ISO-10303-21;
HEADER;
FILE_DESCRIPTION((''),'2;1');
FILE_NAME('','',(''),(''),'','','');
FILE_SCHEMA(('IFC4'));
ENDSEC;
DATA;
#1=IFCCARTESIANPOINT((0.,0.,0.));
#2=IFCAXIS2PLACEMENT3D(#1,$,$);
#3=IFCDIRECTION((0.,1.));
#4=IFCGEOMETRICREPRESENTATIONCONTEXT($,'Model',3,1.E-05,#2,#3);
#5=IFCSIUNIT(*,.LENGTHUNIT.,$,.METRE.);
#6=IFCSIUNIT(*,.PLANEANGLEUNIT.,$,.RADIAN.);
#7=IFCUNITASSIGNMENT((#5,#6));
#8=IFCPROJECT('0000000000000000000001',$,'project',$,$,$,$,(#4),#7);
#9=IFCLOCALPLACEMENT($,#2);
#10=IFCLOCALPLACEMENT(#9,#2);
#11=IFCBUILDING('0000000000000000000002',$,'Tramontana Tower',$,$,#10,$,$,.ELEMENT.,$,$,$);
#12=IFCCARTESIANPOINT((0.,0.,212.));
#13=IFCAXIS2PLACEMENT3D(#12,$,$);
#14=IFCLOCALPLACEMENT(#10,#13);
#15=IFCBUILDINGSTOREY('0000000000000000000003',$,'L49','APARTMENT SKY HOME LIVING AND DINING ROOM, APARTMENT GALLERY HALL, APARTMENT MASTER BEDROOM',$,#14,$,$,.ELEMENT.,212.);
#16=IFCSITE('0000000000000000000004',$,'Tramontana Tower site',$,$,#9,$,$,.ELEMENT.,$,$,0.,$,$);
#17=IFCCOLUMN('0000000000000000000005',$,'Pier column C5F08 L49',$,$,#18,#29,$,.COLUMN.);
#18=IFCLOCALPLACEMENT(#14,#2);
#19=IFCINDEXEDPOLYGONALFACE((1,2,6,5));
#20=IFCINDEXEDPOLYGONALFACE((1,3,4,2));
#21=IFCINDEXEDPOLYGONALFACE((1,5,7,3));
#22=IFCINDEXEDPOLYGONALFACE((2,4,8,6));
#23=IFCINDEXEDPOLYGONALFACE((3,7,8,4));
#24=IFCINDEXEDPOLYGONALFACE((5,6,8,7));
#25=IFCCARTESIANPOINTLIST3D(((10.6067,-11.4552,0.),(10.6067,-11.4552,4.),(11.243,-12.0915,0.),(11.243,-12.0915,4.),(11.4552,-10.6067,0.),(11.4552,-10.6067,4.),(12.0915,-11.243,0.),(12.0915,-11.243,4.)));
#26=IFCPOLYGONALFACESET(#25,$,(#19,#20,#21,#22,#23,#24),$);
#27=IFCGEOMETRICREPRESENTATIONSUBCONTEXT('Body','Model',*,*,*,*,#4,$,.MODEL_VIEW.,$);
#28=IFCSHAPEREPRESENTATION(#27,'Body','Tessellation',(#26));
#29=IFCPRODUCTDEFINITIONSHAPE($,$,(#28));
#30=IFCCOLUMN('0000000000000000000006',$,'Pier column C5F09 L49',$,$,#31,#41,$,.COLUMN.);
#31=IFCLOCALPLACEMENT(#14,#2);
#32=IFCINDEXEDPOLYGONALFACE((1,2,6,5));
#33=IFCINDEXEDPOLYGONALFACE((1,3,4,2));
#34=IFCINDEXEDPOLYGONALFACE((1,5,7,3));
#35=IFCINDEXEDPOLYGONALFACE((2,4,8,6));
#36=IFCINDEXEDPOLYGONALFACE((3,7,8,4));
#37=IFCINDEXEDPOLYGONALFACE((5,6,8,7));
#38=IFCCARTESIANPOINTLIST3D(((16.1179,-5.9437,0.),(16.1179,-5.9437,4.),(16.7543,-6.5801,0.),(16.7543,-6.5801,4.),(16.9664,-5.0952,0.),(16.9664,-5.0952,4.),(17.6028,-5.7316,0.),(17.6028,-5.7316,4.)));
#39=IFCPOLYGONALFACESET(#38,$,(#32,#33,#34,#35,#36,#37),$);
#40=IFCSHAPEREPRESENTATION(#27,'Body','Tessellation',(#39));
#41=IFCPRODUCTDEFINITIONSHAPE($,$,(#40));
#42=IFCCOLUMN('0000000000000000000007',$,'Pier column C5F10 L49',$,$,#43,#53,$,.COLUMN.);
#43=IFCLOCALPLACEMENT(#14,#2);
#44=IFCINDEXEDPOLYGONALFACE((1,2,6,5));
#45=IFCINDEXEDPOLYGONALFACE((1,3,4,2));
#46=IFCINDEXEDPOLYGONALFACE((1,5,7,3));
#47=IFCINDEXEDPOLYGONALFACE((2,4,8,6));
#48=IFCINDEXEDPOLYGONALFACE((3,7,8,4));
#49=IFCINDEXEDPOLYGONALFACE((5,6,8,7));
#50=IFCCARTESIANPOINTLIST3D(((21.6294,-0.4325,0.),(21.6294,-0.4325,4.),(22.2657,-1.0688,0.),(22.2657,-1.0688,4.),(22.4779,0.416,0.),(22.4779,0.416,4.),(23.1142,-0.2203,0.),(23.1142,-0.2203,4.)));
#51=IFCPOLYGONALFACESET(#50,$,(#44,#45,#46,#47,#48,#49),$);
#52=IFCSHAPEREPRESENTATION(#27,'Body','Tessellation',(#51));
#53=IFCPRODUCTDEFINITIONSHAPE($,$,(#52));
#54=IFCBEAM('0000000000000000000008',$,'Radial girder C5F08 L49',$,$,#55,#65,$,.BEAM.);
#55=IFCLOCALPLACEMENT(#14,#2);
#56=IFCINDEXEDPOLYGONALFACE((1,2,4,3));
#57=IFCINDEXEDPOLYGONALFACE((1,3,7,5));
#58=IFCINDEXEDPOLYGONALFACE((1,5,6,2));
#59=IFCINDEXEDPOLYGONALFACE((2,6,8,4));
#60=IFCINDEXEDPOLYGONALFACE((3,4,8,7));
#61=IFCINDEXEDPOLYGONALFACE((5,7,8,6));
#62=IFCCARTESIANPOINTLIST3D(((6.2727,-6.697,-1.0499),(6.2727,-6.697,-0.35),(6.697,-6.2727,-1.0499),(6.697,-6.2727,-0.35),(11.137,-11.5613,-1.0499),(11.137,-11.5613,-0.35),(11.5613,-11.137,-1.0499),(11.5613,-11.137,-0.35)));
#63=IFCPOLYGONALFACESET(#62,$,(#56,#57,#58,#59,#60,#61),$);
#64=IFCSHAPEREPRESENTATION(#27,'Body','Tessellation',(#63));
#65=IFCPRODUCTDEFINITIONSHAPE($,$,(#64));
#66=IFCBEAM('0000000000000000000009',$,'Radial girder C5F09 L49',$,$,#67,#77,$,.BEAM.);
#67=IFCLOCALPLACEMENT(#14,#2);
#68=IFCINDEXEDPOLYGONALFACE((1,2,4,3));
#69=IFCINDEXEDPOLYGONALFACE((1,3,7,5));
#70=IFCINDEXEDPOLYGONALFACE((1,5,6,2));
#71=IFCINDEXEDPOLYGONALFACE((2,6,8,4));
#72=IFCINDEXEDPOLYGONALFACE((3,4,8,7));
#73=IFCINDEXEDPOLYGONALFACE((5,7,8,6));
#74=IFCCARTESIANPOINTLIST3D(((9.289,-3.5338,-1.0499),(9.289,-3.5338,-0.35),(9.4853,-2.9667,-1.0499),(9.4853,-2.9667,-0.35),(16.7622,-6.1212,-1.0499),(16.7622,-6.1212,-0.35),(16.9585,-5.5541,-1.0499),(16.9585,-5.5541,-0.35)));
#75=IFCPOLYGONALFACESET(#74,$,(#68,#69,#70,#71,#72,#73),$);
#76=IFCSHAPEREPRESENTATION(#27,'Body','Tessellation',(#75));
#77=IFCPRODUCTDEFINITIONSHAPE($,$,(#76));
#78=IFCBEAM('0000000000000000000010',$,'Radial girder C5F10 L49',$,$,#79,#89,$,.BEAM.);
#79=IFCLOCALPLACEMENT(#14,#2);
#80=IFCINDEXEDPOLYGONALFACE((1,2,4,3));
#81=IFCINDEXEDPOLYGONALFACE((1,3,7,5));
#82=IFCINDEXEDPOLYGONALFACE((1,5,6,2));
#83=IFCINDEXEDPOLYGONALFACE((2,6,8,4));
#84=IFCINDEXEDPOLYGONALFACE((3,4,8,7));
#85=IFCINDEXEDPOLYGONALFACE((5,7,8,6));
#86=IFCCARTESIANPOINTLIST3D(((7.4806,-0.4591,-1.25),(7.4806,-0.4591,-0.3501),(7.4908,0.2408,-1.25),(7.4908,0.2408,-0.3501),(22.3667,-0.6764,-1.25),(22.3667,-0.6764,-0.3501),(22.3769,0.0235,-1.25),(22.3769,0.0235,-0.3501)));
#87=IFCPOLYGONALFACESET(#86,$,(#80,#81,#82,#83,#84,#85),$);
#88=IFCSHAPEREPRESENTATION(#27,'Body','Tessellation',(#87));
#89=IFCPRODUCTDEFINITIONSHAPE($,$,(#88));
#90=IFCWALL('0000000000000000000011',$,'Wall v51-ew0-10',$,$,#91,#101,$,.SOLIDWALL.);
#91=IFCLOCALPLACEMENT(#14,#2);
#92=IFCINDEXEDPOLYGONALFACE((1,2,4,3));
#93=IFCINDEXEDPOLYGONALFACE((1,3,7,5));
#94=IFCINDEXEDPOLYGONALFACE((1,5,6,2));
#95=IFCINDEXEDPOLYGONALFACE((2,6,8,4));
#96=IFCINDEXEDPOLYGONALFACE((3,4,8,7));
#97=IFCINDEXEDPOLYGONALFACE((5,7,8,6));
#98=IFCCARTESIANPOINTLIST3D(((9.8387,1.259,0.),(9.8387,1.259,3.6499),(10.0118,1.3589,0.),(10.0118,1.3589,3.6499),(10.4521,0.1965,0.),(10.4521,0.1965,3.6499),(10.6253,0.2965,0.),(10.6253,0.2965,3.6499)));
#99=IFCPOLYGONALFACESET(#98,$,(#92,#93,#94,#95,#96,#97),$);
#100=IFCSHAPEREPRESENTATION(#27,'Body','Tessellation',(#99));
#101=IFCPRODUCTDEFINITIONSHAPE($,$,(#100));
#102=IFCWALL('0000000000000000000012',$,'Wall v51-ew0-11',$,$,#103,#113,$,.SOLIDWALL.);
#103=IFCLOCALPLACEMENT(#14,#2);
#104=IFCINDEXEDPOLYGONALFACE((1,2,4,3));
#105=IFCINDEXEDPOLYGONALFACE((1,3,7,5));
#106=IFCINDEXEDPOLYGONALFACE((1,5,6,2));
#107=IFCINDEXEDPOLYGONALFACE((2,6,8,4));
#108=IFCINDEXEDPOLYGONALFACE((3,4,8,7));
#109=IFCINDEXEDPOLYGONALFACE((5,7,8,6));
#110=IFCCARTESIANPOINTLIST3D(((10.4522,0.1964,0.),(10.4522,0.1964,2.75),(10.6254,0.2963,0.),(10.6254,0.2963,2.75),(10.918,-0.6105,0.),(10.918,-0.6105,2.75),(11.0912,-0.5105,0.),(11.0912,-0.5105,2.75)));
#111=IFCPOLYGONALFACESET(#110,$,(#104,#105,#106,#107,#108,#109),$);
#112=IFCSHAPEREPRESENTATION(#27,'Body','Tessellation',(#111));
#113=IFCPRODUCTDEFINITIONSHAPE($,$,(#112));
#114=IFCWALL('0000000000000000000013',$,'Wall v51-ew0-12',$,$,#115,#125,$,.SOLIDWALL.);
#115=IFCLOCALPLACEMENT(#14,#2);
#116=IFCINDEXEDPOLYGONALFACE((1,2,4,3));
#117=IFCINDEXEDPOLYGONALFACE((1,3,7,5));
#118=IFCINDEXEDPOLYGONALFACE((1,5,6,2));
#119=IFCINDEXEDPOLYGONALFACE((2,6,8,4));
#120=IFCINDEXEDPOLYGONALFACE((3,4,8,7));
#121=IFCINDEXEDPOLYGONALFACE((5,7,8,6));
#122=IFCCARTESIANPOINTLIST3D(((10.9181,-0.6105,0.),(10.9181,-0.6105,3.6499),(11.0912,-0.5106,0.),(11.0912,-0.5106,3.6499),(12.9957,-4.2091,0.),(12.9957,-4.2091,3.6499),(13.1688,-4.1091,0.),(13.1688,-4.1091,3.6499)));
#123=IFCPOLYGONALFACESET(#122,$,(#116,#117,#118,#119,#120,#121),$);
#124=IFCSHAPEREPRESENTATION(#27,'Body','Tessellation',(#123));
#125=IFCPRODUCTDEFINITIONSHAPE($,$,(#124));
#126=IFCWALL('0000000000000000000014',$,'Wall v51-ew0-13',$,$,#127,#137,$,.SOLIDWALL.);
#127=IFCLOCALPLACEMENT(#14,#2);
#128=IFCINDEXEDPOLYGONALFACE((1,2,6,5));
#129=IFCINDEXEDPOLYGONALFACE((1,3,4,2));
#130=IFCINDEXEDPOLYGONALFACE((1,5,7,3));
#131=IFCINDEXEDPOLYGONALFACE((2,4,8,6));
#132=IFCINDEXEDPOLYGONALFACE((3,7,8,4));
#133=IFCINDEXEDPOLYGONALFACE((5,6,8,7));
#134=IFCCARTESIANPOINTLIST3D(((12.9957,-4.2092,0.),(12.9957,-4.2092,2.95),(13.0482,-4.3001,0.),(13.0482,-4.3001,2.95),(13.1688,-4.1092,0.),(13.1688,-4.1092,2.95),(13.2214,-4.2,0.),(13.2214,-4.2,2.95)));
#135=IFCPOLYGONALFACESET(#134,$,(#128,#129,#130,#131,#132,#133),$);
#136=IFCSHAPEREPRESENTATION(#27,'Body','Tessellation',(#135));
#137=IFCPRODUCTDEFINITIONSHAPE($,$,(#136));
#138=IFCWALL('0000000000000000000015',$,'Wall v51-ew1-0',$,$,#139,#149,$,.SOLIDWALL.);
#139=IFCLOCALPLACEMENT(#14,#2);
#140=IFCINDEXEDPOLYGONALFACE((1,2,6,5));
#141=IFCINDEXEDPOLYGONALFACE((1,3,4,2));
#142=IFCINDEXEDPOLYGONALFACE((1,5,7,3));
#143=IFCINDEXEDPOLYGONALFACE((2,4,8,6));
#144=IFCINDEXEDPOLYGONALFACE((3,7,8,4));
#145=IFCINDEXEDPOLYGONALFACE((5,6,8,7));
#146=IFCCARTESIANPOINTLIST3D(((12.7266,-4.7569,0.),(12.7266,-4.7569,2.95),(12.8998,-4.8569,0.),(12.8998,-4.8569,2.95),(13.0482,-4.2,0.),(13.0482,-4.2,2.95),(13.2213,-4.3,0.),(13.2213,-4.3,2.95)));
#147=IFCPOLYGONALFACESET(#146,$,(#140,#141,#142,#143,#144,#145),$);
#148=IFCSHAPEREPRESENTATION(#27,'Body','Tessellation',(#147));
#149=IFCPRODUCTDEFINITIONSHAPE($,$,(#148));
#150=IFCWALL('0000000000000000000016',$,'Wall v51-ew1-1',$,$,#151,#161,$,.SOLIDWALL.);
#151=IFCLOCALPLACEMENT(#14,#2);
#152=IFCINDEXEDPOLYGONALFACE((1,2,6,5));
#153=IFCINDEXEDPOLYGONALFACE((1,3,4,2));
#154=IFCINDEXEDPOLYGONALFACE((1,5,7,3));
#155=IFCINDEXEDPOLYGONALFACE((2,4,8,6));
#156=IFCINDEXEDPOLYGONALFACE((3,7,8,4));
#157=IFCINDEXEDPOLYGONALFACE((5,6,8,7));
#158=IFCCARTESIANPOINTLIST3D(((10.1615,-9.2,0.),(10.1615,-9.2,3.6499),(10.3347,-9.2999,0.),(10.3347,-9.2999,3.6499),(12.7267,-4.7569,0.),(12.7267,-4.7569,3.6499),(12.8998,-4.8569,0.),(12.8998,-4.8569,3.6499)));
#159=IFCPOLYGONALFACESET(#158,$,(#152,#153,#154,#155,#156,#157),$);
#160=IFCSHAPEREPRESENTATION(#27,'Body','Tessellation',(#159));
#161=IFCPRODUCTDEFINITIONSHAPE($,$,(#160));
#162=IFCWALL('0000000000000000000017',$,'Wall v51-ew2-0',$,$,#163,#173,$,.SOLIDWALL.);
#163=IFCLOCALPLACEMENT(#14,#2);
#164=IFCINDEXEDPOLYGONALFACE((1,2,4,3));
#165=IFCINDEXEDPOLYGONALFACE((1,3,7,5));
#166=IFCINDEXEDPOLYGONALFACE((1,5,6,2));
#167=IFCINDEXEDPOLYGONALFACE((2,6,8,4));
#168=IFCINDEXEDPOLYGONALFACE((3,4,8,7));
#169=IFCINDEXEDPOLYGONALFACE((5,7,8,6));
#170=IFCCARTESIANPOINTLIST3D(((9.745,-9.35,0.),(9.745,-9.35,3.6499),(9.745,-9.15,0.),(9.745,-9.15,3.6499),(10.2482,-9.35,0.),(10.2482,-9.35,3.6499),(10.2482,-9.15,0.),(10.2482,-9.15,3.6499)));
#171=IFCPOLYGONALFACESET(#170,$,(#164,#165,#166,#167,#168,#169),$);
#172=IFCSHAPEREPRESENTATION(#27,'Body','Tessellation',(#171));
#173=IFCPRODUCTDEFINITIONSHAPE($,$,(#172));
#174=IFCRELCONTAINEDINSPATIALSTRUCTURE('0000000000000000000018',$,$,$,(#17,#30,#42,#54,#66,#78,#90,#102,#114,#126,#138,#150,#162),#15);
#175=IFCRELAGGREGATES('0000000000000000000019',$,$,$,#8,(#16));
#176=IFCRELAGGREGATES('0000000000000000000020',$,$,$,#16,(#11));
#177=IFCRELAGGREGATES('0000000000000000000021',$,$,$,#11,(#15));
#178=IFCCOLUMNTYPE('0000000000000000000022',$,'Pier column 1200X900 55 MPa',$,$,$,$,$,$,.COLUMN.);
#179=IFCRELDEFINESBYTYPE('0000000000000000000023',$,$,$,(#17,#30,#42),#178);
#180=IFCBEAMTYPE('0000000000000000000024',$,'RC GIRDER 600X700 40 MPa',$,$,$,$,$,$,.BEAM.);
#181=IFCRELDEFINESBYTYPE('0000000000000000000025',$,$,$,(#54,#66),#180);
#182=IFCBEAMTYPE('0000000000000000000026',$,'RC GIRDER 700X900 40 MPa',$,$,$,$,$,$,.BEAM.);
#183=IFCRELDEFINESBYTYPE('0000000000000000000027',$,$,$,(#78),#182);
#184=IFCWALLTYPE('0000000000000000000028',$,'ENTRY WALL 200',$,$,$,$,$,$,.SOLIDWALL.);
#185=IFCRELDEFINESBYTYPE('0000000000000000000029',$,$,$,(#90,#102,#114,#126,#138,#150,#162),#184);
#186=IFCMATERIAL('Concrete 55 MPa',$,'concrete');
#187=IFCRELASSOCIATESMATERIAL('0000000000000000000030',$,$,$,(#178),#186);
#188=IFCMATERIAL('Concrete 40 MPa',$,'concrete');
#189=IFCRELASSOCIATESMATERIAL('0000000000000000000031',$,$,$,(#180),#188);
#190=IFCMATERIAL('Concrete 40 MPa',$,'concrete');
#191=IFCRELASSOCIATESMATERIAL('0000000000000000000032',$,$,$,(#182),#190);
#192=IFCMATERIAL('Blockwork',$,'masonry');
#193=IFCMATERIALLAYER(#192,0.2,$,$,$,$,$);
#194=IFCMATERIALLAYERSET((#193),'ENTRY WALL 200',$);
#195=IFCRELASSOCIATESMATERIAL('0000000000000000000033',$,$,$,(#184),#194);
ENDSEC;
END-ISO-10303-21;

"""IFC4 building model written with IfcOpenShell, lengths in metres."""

from ifc_helpers import new_model, si_unit, direction, frame, frame_2d, origin, origin_2d, place, context, subcontext, project, spatial, rectangle, extrude, material, layer, layer_set, material_profile, profile_set, type_object, element, save


model = new_model("IFC4")

# Units and contexts
model_context = context("Model", 3, precision=1e-05, world=origin(), true_north=direction((0.0, 1.0)))
body_context = subcontext(model_context, "Body", "Model", "MODEL_VIEW")
ifc_project = project(units=[si_unit("LENGTHUNIT", "METRE"), si_unit("PLANEANGLEUNIT", "RADIAN")], contexts=[model_context])

# Site, building, storey
site_placement = place(None, origin())
site = spatial("IfcSite", under=ifc_project, at=site_placement, Name="Tramontana Tower site", CompositionType="ELEMENT", RefElevation=0.0)
building_placement = place(site_placement, origin())
building = spatial("IfcBuilding", under=site, at=building_placement, Name="Tramontana Tower", CompositionType="ELEMENT")
storey_placement = place(building_placement, frame((0.0, 0.0, 212.0)))
storey = spatial("IfcBuildingStorey", under=building, at=storey_placement, Name="L49", Description="APARTMENT SKY HOME LIVING AND DINING ROOM, APARTMENT GALLERY HALL, APARTMENT MASTER BEDROOM", CompositionType="ELEMENT", Elevation=212.0)

# Columns
ifc_material_1 = material(Name="Concrete 55 MPa", Category="concrete")
ifc_material_profile_1 = material_profile(ifc_material_1, rectangle(XDim=1.2, YDim=0.8999, at=origin_2d()), Name="Pier column 1200X900 55 MPa")
ifc_profile_set_1 = profile_set([ifc_material_profile_1], Name="Concrete 55 MPa")
column_type = type_object("IfcColumnType", Name="Pier column 1200X900 55 MPa", PredefinedType="COLUMN", material=ifc_profile_set_1)
for number, where, z_axis, x_axis, name in (
    (1, (11.3491, -11.3491, 0.0), (0.0, 0.0, 1.0), (0.707107, 0.707107, 0.0), "Pier column C5F08 L49"),
    (2, (16.8604, -5.8376, 0.0), (0.0, 0.0, 1.0), (0.707107, 0.707107, 0.0), "Pier column C5F09 L49"),
    (3, (22.3718, -0.3264, 0.0), (0.0, 0.0, 1.0), (0.707107, 0.707107, 0.0), "Pier column C5F10 L49"),
):
    element("IfcColumn", number, at=place(storey_placement, frame(where, z_axis=z_axis, x_axis=x_axis)), inside=storey, type_object=column_type, Name=name, PredefinedType="COLUMN", context=body_context, shape_type="SweptSolid", body=[
        extrude(rectangle(XDim=1.2, YDim=0.8999, at=origin_2d()), origin(), (0.0, 0.0, 1.0), 4.0),
    ])

# Beams
ifc_material_2 = material(Name="Concrete 40 MPa", Category="concrete")
ifc_material_profile_2 = material_profile(ifc_material_2, rectangle(XDim=0.6001, YDim=0.7, at=origin_2d()), Name="RC GIRDER 600X700 40 MPa")
ifc_profile_set_2 = profile_set([ifc_material_profile_2], Name="Concrete 40 MPa")
beam_type_1 = type_object("IfcBeamType", Name="RC GIRDER 600X700 40 MPa", PredefinedType="BEAM", material=ifc_profile_set_2)
beam_1_placement = place(storey_placement, frame((11.3491, -11.3491, -0.7), z_axis=(-0.707107, 0.707107, 0.0), x_axis=(-0.707107, -0.707107, 0.0)))
element("IfcBeam", 4, at=beam_1_placement, inside=storey, type_object=beam_type_1, Name="Radial girder C5F08 L49", PredefinedType="BEAM", context=body_context, shape_type="SweptSolid", body=[
    extrude(rectangle(XDim=0.6001, YDim=0.7, at=origin_2d()), origin(), (0.0, 0.0, 1.0), 6.8792),
])
beam_2_placement = place(storey_placement, frame((16.8604, -5.8376, -0.7), z_axis=(-0.944965, 0.327172, 0.0), x_axis=(-0.327172, -0.944965, 0.0)))
element("IfcBeam", 5, at=beam_2_placement, inside=storey, type_object=beam_type_1, Name="Radial girder C5F09 L49", PredefinedType="BEAM", context=body_context, shape_type="SweptSolid", body=[
    extrude(rectangle(XDim=0.6001, YDim=0.7, at=origin_2d()), origin(), (0.0, 0.0, 1.0), 7.9084),
])
ifc_material_3 = material(Name="Concrete 40 MPa", Category="concrete")
ifc_material_profile_3 = material_profile(ifc_material_3, rectangle(XDim=0.7, YDim=0.8999, at=origin_2d()), Name="RC GIRDER 700X900 40 MPa")
ifc_profile_set_3 = profile_set([ifc_material_profile_3], Name="Concrete 40 MPa")
beam_type_2 = type_object("IfcBeamType", Name="RC GIRDER 700X900 40 MPa", PredefinedType="BEAM", material=ifc_profile_set_3)
beam_3_placement = place(storey_placement, frame((22.3718, -0.3264, -0.8), z_axis=(-0.999893, 0.014595, 0.0), x_axis=(-0.014595, -0.999893, 0.0)))
element("IfcBeam", 6, at=beam_3_placement, inside=storey, type_object=beam_type_2, Name="Radial girder C5F10 L49", PredefinedType="BEAM", context=body_context, shape_type="SweptSolid", body=[
    extrude(rectangle(XDim=0.7, YDim=0.8999, at=origin_2d()), origin(), (0.0, 0.0, 1.0), 14.8877),
])

# Walls
ifc_material_4 = material(Name="Blockwork", Category="masonry")
ifc_layer_1 = layer(ifc_material_4, 0.2)
ifc_layer_set_1 = layer_set([ifc_layer_1], Name="ENTRY WALL 200")
wall_type_1 = type_object("IfcWallType", Name="ENTRY WALL 200", PredefinedType="SOLIDWALL", material=ifc_layer_set_1)
wall_1_placement = place(storey_placement, frame((9.9253, 1.3088, 0.0), z_axis=(0.0, 0.0, 1.0), x_axis=(0.500055, -0.865993, 0.0)))
element("IfcWall", 7, at=wall_1_placement, inside=storey, type_object=wall_type_1, Name="Wall v51-ew0-10", PredefinedType="SOLIDWALL", context=body_context, shape_type="SweptSolid", body=[
    extrude(rectangle(XDim=1.2268, YDim=0.2, at=frame_2d((0.6133, 0.0))), origin(), (0.0, 0.0, 1.0), 3.6499),
])
wall_2_placement = place(storey_placement, frame((10.5388, 0.2463, 0.0), z_axis=(0.0, 0.0, 1.0), x_axis=(0.499972, -0.866042, 0.0)))
element("IfcWall", 8, at=wall_2_placement, inside=storey, type_object=wall_type_1, Name="Wall v51-ew0-11", PredefinedType="SOLIDWALL", context=body_context, shape_type="SweptSolid", body=[
    extrude(rectangle(XDim=0.9316, YDim=0.2, at=frame_2d((0.4658, 0.0))), origin(), (0.0, 0.0, 1.0), 2.75),
])
wall_3_placement = place(storey_placement, frame((11.0046, -0.5605, 0.0), z_axis=(0.0, 0.0, 1.0), x_axis=(0.499994, -0.866029, 0.0)))
element("IfcWall", 9, at=wall_3_placement, inside=storey, type_object=wall_type_1, Name="Wall v51-ew0-12", PredefinedType="SOLIDWALL", context=body_context, shape_type="SweptSolid", body=[
    extrude(rectangle(XDim=4.1553, YDim=0.2, at=frame_2d((2.0776, 0.0))), origin(), (0.0, 0.0, 1.0), 3.6499),
])
wall_4_placement = place(storey_placement, frame((13.0823, -4.1592, 0.0), z_axis=(0.0, 0.0, 1.0), x_axis=(0.500394, -0.865798, 0.0)))
element("IfcWall", 10, at=wall_4_placement, inside=storey, type_object=wall_type_1, Name="Wall v51-ew0-13", PredefinedType="SOLIDWALL", context=body_context, shape_type="SweptSolid", body=[
    extrude(rectangle(XDim=0.105, YDim=0.2, at=frame_2d((0.0525, 0.0))), origin(), (0.0, 0.0, 1.0), 2.95),
])
wall_5_placement = place(storey_placement, frame((13.1348, -4.25, 0.0), z_axis=(0.0, 0.0, 1.0), x_axis=(-0.500018, -0.866015, 0.0)))
element("IfcWall", 11, at=wall_5_placement, inside=storey, type_object=wall_type_1, Name="Wall v51-ew1-0", PredefinedType="SOLIDWALL", context=body_context, shape_type="SweptSolid", body=[
    extrude(rectangle(XDim=0.6431, YDim=0.2, at=frame_2d((0.3215, 0.0))), origin(), (0.0, 0.0, 1.0), 2.95),
])
wall_6_placement = place(storey_placement, frame((12.8132, -4.8069, 0.0), z_axis=(0.0, 0.0, 1.0), x_axis=(-0.499993, -0.866029, 0.0)))
element("IfcWall", 12, at=wall_6_placement, inside=storey, type_object=wall_type_1, Name="Wall v51-ew1-1", PredefinedType="SOLIDWALL", context=body_context, shape_type="SweptSolid", body=[
    extrude(rectangle(XDim=5.1304, YDim=0.2, at=frame_2d((2.5652, 0.0))), origin(), (0.0, 0.0, 1.0), 3.6499),
])
wall_7_placement = place(storey_placement, frame((10.248, -9.25, 0.0), z_axis=(0.0, 0.0, 1.0), x_axis=(-1.0, 0.0, 0.0)))
element("IfcWall", 13, at=wall_7_placement, inside=storey, type_object=wall_type_1, Name="Wall v51-ew2-0", PredefinedType="SOLIDWALL", context=body_context, shape_type="SweptSolid", body=[
    extrude(rectangle(XDim=0.5032, YDim=0.2, at=frame_2d((0.2515, 0.0))), origin(), (0.0, 0.0, 1.0), 3.6499),
])

save(model, "model.ifc")
